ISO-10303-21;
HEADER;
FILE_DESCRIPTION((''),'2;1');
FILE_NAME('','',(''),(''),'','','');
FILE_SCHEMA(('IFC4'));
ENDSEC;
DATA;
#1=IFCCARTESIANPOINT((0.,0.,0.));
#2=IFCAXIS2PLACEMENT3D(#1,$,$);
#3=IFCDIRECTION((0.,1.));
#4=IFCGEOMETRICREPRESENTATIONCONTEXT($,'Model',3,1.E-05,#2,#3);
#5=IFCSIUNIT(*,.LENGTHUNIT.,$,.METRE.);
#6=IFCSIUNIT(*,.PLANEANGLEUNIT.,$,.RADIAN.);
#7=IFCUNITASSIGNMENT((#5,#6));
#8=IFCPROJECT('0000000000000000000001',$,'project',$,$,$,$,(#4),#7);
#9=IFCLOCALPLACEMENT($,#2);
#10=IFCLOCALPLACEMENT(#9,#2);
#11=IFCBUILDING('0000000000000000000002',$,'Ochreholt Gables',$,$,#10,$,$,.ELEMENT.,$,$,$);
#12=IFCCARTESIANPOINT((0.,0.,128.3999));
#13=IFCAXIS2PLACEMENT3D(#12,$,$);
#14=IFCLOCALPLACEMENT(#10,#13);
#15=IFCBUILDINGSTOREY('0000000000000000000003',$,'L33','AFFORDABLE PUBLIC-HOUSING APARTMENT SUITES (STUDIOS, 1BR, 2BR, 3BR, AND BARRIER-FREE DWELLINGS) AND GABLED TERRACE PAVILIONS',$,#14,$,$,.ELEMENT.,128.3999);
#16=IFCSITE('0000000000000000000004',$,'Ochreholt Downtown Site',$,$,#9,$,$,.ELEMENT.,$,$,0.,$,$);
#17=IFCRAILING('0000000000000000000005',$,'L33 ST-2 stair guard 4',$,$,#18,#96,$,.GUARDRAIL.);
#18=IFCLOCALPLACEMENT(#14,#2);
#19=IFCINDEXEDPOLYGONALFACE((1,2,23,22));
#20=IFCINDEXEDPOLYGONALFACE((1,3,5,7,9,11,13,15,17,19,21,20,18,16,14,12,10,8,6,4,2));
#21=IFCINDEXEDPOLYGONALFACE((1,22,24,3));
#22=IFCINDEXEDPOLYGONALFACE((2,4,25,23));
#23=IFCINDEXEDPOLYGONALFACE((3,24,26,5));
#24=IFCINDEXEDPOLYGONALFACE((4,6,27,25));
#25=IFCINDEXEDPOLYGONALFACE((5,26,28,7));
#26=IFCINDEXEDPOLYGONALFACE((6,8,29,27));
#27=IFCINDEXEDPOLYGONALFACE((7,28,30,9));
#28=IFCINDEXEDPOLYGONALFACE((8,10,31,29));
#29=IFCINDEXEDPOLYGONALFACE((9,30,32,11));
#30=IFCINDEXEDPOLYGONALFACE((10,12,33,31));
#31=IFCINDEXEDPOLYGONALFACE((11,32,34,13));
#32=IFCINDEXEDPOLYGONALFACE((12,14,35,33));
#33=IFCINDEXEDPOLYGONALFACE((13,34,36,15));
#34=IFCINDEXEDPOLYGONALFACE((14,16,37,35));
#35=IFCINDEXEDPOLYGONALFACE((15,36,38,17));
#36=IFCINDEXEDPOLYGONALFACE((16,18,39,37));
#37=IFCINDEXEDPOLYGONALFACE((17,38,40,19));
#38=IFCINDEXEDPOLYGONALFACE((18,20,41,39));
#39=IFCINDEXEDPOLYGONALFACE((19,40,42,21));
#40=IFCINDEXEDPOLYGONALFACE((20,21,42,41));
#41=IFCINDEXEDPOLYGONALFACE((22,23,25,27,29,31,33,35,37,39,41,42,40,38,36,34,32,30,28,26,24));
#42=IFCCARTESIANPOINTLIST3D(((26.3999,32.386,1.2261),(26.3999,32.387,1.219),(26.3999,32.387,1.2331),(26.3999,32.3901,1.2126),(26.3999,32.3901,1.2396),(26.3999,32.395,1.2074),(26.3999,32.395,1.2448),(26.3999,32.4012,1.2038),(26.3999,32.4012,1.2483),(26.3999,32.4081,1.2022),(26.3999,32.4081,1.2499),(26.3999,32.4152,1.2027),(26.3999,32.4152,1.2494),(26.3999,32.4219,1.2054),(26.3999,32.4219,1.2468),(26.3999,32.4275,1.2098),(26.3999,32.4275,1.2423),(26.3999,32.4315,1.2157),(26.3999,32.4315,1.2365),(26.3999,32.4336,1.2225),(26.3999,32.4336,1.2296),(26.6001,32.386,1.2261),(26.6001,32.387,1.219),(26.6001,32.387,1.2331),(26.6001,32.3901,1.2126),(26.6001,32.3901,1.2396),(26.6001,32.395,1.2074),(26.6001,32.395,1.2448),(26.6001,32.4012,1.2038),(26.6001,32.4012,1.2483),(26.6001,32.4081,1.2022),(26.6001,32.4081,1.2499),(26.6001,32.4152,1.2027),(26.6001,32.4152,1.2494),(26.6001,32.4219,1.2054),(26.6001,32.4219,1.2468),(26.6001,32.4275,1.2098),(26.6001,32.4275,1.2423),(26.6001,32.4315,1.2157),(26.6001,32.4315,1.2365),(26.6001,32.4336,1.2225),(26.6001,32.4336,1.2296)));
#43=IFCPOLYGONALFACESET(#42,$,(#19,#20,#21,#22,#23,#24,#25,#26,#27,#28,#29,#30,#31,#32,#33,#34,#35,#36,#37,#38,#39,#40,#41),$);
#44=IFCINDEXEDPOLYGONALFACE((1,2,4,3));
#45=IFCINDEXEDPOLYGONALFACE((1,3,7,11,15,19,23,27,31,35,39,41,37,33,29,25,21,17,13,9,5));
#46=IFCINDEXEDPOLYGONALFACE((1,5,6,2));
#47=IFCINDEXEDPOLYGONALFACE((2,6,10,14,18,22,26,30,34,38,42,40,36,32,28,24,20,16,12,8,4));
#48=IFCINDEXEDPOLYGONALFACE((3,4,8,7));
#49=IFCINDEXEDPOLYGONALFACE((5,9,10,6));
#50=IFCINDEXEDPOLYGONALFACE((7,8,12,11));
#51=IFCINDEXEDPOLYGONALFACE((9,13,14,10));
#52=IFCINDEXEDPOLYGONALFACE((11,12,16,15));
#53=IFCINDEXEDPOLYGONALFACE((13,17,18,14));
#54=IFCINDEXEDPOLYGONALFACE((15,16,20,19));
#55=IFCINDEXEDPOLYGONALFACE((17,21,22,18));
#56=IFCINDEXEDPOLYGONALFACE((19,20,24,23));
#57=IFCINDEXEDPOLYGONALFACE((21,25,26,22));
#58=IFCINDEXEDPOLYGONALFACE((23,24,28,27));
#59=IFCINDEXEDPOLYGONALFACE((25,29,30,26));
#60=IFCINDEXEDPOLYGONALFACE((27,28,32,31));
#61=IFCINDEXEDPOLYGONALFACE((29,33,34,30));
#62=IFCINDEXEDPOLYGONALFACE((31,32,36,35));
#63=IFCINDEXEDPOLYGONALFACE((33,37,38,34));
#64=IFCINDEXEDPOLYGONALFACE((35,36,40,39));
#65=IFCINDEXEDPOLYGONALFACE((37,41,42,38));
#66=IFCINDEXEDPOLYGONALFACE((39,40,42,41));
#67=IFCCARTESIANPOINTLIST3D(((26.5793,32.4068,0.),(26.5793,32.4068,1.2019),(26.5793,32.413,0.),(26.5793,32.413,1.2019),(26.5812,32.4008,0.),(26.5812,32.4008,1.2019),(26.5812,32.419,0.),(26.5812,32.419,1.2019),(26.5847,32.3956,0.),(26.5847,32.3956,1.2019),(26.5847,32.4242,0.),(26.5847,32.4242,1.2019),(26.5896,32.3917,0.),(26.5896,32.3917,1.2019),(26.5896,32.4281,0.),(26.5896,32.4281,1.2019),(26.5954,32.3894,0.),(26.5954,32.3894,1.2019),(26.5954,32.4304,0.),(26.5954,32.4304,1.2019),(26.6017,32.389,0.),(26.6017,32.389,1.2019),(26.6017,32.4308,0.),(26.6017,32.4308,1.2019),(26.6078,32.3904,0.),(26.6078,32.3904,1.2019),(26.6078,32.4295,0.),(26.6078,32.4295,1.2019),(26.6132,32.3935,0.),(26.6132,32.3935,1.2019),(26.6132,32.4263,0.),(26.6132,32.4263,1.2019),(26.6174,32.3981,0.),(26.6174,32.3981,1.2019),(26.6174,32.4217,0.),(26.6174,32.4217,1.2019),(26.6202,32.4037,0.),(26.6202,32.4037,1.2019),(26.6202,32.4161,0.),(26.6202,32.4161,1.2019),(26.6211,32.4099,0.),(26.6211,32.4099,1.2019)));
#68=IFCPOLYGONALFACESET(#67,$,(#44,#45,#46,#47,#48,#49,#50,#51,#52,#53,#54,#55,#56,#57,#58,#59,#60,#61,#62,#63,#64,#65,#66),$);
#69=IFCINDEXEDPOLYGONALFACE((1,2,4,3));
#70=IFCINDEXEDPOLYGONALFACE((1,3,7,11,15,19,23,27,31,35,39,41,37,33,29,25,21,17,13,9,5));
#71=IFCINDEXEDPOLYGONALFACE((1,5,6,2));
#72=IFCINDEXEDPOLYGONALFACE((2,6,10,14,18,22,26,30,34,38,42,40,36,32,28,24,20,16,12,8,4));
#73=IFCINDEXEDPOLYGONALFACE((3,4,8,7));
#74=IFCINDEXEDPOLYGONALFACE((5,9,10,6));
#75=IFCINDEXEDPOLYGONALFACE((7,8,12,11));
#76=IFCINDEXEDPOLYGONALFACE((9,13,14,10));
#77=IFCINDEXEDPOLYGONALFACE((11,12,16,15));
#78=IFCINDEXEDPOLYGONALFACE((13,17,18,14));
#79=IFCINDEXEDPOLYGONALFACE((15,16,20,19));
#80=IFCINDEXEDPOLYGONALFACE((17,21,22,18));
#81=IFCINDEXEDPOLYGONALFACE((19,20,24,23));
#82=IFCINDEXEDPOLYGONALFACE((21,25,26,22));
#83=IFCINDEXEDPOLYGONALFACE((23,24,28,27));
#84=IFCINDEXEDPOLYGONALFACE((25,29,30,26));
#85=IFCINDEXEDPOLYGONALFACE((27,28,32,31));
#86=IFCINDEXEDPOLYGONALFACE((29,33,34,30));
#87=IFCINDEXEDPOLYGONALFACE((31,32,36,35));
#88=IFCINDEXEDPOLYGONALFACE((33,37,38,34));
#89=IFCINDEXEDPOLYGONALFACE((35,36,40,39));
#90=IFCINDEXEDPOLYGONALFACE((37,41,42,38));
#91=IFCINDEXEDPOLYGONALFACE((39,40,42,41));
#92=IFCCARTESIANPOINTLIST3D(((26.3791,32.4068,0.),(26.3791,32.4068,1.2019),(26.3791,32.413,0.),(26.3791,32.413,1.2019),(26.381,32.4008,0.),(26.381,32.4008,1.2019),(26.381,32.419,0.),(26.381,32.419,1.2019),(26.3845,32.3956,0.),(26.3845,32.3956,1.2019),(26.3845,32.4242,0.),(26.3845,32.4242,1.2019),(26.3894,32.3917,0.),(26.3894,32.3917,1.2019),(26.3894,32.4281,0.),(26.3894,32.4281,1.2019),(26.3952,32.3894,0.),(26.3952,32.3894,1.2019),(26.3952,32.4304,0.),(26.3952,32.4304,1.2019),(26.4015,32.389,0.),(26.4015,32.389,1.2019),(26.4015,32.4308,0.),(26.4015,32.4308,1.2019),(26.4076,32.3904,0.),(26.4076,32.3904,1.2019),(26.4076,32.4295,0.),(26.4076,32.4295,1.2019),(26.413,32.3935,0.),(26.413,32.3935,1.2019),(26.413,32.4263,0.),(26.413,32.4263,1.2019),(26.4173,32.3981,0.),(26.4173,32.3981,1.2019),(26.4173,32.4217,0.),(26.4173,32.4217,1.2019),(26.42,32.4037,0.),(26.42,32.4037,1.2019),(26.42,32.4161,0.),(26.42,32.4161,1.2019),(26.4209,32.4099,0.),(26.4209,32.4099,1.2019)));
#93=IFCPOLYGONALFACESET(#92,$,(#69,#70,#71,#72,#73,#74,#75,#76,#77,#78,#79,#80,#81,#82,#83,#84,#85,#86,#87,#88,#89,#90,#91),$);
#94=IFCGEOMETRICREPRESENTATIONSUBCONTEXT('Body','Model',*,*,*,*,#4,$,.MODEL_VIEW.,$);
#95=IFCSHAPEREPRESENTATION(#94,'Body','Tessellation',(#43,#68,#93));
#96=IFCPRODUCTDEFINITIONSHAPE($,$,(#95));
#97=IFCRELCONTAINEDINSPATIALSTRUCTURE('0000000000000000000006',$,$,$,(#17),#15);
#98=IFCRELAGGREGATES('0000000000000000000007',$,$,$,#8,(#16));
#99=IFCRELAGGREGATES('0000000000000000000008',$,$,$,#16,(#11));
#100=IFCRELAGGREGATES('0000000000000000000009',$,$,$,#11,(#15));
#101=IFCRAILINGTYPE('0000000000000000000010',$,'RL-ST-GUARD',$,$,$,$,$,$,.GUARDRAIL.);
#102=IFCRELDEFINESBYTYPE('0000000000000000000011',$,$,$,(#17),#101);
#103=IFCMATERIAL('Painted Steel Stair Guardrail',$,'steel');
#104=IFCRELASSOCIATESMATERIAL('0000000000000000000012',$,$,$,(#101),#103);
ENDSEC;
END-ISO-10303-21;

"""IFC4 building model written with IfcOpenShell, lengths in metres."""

from ifc_helpers import new_model, si_unit, direction, frame, origin, origin_2d, place, context, subcontext, project, spatial, circle, extrude, material, type_object, element, save


model = new_model("IFC4")

# Units and contexts
model_context = context("Model", 3, precision=1e-05, world=origin(), true_north=direction((0.0, 1.0)))
body_context = subcontext(model_context, "Body", "Model", "MODEL_VIEW")
ifc_project = project(units=[si_unit("LENGTHUNIT", "METRE"), si_unit("PLANEANGLEUNIT", "RADIAN")], contexts=[model_context])

# Site, building, storey
site_placement = place(None, origin())
site = spatial("IfcSite", under=ifc_project, at=site_placement, Name="Ochreholt Downtown Site", CompositionType="ELEMENT", RefElevation=0.0)
building_placement = place(site_placement, origin())
building = spatial("IfcBuilding", under=site, at=building_placement, Name="Ochreholt Gables", CompositionType="ELEMENT")
storey_placement = place(building_placement, frame((0.0, 0.0, 128.3999)))
storey = spatial("IfcBuildingStorey", under=building, at=storey_placement, Name="L33", Description="AFFORDABLE PUBLIC-HOUSING APARTMENT SUITES (STUDIOS, 1BR, 2BR, 3BR, AND BARRIER-FREE DWELLINGS) AND GABLED TERRACE PAVILIONS", CompositionType="ELEMENT", Elevation=128.3999)

# Railing
ifc_material_1 = material(Name="Painted Steel Stair Guardrail", Category="steel")
railing_type = type_object("IfcRailingType", Name="RL-ST-GUARD", PredefinedType="GUARDRAIL", material=ifc_material_1)
railing_1_placement = place(storey_placement, frame((26.6001, 32.4099, 0.0)))
element("IfcRailing", 1, at=railing_1_placement, inside=storey, type_object=railing_type, Name="L33 ST-2 stair guard 4", PredefinedType="GUARDRAIL", context=body_context, shape_type="SweptSolid", body=[
    extrude(circle(Radius=0.0239, at=origin_2d()), frame((0.0, 0.0, 1.2261), z_axis=(-1.0, 0.0, 0.0), x_axis=(0.0, -1.0, 0.0)), (0.0, 0.0, 1.0), 0.2002),
    extrude(circle(Radius=0.021, at=origin_2d()), origin(), (0.0, 0.0, 1.0), 1.2019),
    extrude(circle(Radius=0.021, at=origin_2d()), frame((-0.2002, 0.0, 0.0)), (0.0, 0.0, 1.0), 1.2019),
])

save(model, "model.ifc")
